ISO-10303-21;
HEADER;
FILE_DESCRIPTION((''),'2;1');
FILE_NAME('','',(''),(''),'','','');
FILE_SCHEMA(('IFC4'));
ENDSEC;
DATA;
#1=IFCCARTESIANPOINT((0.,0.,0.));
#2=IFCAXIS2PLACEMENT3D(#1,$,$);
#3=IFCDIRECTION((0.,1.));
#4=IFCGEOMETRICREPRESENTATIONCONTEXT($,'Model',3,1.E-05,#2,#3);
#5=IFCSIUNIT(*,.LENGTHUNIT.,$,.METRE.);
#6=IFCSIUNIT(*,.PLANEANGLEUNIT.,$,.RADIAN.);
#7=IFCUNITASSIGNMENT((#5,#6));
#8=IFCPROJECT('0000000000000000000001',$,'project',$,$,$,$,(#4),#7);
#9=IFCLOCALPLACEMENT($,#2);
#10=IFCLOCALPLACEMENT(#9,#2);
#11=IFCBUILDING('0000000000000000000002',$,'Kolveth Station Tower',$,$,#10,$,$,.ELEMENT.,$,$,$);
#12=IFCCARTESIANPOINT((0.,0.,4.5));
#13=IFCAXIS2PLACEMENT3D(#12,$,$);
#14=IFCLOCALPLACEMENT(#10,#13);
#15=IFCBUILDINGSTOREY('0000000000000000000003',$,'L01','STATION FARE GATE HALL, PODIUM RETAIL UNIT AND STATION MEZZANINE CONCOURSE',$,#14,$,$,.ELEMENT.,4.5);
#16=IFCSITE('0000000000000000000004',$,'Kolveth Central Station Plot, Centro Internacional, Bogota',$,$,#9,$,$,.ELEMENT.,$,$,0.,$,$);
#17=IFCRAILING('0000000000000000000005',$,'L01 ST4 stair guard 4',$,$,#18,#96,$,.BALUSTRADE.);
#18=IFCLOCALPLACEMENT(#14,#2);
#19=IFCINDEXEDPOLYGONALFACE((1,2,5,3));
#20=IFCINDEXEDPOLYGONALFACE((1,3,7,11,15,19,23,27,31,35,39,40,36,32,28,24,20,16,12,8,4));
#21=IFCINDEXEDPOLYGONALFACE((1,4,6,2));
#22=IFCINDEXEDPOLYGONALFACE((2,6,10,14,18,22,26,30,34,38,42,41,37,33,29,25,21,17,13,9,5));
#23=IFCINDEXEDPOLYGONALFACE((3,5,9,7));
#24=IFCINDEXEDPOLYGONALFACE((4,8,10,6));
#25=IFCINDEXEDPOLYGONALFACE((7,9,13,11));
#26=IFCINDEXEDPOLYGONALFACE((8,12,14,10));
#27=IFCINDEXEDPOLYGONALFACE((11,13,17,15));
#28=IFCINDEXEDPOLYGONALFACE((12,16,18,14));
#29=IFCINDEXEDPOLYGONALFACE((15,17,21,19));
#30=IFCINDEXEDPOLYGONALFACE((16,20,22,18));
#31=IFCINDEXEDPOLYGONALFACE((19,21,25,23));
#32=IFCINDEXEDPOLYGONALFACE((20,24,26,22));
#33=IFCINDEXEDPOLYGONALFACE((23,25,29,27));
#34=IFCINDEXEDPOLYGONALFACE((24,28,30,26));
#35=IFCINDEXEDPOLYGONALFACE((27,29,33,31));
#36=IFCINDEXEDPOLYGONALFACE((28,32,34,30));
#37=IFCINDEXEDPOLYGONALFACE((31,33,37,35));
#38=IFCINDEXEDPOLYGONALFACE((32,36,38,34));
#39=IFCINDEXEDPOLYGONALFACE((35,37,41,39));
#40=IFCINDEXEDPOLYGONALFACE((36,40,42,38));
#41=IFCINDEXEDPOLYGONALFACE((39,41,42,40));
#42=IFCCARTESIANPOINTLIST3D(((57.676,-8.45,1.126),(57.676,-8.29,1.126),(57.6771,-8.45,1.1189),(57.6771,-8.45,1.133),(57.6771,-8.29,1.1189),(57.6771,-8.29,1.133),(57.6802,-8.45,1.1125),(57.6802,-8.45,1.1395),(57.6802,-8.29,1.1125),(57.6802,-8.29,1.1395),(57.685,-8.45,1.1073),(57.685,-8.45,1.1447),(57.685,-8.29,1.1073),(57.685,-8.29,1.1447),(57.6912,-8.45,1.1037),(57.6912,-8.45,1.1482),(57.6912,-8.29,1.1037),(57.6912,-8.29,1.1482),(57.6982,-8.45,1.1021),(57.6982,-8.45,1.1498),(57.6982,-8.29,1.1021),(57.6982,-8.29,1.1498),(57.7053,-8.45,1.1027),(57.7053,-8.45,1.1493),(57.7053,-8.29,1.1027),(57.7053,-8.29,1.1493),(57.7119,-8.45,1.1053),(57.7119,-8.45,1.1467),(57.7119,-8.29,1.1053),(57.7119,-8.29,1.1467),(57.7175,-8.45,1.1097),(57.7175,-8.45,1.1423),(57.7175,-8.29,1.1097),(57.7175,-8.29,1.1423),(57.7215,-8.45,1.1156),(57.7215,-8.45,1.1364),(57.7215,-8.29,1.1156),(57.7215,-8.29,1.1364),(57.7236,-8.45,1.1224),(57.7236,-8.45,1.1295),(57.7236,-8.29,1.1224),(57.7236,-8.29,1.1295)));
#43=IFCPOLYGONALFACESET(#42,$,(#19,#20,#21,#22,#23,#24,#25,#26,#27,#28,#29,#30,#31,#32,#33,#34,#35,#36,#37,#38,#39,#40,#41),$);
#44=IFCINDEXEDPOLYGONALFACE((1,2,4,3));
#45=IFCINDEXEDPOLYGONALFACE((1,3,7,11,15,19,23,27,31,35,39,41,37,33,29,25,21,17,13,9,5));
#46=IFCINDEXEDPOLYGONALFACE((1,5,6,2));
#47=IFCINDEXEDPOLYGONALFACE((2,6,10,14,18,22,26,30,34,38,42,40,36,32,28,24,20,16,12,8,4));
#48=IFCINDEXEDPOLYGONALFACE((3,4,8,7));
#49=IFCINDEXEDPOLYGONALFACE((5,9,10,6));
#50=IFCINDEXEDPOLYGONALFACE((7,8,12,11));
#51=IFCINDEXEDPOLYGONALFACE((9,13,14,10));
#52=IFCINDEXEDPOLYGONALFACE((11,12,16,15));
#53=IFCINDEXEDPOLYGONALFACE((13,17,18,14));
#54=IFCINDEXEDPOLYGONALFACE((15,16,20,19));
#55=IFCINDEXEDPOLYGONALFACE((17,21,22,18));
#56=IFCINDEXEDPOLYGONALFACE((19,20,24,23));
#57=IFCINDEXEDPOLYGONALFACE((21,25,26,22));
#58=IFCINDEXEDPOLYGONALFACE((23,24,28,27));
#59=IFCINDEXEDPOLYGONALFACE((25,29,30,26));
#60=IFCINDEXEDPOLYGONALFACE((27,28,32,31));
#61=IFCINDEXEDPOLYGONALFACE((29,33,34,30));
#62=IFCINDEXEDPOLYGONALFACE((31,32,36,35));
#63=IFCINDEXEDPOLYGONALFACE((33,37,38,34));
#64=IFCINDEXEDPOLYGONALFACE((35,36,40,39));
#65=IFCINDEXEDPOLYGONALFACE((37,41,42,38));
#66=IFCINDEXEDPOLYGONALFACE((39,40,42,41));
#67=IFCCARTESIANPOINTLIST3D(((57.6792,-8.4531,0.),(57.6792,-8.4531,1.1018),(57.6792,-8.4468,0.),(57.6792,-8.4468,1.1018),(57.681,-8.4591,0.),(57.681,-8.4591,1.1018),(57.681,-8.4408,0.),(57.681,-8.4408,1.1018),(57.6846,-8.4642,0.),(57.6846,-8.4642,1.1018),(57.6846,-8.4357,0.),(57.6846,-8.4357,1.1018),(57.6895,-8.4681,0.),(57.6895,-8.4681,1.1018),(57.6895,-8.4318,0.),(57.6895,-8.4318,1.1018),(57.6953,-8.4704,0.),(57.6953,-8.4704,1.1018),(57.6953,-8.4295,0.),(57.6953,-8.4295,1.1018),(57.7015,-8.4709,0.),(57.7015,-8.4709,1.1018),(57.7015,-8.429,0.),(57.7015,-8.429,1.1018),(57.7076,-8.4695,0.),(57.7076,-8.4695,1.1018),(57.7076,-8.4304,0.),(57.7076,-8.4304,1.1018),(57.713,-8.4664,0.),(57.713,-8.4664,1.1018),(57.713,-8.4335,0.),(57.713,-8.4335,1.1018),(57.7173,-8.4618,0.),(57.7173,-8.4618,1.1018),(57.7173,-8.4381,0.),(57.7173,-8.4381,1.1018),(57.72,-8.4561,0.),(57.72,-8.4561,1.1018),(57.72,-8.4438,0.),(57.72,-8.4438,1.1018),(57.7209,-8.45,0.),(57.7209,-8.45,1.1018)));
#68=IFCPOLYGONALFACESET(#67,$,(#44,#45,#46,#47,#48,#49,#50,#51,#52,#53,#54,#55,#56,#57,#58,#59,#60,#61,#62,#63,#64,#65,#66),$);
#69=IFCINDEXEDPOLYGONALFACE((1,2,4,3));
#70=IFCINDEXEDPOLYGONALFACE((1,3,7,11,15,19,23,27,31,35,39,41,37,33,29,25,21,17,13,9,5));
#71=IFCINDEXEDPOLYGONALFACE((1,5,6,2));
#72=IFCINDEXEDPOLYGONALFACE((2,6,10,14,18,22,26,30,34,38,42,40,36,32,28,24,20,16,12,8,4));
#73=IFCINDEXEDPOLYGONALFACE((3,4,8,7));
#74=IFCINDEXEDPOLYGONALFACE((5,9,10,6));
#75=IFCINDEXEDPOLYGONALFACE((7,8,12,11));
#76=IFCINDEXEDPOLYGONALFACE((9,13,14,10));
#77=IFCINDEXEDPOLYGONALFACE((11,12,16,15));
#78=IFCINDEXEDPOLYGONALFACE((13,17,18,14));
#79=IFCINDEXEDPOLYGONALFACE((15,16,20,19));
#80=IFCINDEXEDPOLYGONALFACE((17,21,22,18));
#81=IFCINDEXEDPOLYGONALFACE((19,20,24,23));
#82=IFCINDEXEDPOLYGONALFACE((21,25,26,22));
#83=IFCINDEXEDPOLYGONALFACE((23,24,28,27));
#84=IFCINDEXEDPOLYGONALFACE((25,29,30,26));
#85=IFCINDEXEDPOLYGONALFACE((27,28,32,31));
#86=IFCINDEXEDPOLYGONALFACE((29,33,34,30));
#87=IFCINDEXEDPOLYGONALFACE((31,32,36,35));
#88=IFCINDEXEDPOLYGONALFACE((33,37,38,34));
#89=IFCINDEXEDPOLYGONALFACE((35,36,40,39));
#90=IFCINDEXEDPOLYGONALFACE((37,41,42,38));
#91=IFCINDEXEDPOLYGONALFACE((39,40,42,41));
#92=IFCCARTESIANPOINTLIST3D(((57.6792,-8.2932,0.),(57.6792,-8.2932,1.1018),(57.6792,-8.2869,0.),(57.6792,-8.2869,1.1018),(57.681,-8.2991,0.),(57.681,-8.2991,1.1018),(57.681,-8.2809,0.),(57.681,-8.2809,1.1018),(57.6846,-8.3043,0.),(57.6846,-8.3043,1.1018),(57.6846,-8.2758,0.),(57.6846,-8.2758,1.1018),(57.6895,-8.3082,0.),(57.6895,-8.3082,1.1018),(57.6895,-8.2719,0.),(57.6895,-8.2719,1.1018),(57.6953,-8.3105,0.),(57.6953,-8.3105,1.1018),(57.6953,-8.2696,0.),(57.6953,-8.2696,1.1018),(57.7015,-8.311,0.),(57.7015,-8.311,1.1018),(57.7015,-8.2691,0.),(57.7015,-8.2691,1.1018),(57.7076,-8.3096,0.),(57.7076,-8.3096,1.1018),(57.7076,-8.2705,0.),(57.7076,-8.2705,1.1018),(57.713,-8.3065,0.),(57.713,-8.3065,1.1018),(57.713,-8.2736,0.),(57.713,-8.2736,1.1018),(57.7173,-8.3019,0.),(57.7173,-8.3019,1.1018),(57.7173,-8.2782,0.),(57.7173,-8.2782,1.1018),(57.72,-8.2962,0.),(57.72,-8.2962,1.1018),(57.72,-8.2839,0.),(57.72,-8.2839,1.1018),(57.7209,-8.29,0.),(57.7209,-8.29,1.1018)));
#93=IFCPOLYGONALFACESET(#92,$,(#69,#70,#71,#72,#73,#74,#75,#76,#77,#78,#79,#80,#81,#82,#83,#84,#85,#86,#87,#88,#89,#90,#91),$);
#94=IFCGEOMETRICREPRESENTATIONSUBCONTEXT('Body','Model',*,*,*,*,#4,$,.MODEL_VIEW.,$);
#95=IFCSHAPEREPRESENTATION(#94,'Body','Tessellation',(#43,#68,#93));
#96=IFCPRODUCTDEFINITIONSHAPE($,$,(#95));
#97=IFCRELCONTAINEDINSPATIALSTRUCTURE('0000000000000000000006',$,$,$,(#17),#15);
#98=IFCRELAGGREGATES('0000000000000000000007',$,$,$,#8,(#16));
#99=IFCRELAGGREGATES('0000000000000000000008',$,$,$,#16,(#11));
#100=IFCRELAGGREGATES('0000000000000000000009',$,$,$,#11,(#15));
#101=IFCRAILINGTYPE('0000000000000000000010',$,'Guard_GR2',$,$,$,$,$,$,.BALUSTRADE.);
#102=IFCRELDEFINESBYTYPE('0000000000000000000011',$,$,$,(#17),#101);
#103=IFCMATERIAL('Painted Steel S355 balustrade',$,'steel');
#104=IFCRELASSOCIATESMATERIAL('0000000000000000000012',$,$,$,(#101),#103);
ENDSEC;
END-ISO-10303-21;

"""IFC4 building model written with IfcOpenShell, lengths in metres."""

from ifc_helpers import new_model, si_unit, direction, frame, origin, origin_2d, place, context, subcontext, project, spatial, circle, extrude, material, type_object, element, save


model = new_model("IFC4")

# Units and contexts
model_context = context("Model", 3, precision=1e-05, world=origin(), true_north=direction((0.0, 1.0)))
body_context = subcontext(model_context, "Body", "Model", "MODEL_VIEW")
ifc_project = project(units=[si_unit("LENGTHUNIT", "METRE"), si_unit("PLANEANGLEUNIT", "RADIAN")], contexts=[model_context])

# Site, building, storey
site_placement = place(None, origin())
site = spatial("IfcSite", under=ifc_project, at=site_placement, Name="Kolveth Central Station Plot, Centro Internacional, Bogota", CompositionType="ELEMENT", RefElevation=0.0)
building_placement = place(site_placement, origin())
building = spatial("IfcBuilding", under=site, at=building_placement, Name="Kolveth Station Tower", CompositionType="ELEMENT")
storey_placement = place(building_placement, frame((0.0, 0.0, 4.5)))
storey = spatial("IfcBuildingStorey", under=building, at=storey_placement, Name="L01", Description="STATION FARE GATE HALL, PODIUM RETAIL UNIT AND STATION MEZZANINE CONCOURSE", CompositionType="ELEMENT", Elevation=4.5)

# Railing
ifc_material_1 = material(Name="Painted Steel S355 balustrade", Category="steel")
railing_type_1 = type_object("IfcRailingType", Name="Guard_GR2", PredefinedType="BALUSTRADE", material=ifc_material_1)
railing_1_placement = place(storey_placement, frame((57.7, -8.45, 0.0)))
element("IfcRailing", 1, at=railing_1_placement, inside=storey, type_object=railing_type_1, Name="L01 ST4 stair guard 4", PredefinedType="BALUSTRADE", context=body_context, shape_type="SweptSolid", body=[
    extrude(circle(Radius=0.0239, at=origin_2d()), frame((0.0, 0.0, 1.126), z_axis=(0.0, 1.0, 0.0), x_axis=(-1.0, 0.0, 0.0)), (0.0, 0.0, 1.0), 0.1599),
    extrude(circle(Radius=0.021, at=origin_2d()), origin(), (0.0, 0.0, 1.0), 1.1018),
    extrude(circle(Radius=0.021, at=origin_2d()), frame((0.0, 0.1599, 0.0)), (0.0, 0.0, 1.0), 1.1018),
])

save(model, "model.ifc")
